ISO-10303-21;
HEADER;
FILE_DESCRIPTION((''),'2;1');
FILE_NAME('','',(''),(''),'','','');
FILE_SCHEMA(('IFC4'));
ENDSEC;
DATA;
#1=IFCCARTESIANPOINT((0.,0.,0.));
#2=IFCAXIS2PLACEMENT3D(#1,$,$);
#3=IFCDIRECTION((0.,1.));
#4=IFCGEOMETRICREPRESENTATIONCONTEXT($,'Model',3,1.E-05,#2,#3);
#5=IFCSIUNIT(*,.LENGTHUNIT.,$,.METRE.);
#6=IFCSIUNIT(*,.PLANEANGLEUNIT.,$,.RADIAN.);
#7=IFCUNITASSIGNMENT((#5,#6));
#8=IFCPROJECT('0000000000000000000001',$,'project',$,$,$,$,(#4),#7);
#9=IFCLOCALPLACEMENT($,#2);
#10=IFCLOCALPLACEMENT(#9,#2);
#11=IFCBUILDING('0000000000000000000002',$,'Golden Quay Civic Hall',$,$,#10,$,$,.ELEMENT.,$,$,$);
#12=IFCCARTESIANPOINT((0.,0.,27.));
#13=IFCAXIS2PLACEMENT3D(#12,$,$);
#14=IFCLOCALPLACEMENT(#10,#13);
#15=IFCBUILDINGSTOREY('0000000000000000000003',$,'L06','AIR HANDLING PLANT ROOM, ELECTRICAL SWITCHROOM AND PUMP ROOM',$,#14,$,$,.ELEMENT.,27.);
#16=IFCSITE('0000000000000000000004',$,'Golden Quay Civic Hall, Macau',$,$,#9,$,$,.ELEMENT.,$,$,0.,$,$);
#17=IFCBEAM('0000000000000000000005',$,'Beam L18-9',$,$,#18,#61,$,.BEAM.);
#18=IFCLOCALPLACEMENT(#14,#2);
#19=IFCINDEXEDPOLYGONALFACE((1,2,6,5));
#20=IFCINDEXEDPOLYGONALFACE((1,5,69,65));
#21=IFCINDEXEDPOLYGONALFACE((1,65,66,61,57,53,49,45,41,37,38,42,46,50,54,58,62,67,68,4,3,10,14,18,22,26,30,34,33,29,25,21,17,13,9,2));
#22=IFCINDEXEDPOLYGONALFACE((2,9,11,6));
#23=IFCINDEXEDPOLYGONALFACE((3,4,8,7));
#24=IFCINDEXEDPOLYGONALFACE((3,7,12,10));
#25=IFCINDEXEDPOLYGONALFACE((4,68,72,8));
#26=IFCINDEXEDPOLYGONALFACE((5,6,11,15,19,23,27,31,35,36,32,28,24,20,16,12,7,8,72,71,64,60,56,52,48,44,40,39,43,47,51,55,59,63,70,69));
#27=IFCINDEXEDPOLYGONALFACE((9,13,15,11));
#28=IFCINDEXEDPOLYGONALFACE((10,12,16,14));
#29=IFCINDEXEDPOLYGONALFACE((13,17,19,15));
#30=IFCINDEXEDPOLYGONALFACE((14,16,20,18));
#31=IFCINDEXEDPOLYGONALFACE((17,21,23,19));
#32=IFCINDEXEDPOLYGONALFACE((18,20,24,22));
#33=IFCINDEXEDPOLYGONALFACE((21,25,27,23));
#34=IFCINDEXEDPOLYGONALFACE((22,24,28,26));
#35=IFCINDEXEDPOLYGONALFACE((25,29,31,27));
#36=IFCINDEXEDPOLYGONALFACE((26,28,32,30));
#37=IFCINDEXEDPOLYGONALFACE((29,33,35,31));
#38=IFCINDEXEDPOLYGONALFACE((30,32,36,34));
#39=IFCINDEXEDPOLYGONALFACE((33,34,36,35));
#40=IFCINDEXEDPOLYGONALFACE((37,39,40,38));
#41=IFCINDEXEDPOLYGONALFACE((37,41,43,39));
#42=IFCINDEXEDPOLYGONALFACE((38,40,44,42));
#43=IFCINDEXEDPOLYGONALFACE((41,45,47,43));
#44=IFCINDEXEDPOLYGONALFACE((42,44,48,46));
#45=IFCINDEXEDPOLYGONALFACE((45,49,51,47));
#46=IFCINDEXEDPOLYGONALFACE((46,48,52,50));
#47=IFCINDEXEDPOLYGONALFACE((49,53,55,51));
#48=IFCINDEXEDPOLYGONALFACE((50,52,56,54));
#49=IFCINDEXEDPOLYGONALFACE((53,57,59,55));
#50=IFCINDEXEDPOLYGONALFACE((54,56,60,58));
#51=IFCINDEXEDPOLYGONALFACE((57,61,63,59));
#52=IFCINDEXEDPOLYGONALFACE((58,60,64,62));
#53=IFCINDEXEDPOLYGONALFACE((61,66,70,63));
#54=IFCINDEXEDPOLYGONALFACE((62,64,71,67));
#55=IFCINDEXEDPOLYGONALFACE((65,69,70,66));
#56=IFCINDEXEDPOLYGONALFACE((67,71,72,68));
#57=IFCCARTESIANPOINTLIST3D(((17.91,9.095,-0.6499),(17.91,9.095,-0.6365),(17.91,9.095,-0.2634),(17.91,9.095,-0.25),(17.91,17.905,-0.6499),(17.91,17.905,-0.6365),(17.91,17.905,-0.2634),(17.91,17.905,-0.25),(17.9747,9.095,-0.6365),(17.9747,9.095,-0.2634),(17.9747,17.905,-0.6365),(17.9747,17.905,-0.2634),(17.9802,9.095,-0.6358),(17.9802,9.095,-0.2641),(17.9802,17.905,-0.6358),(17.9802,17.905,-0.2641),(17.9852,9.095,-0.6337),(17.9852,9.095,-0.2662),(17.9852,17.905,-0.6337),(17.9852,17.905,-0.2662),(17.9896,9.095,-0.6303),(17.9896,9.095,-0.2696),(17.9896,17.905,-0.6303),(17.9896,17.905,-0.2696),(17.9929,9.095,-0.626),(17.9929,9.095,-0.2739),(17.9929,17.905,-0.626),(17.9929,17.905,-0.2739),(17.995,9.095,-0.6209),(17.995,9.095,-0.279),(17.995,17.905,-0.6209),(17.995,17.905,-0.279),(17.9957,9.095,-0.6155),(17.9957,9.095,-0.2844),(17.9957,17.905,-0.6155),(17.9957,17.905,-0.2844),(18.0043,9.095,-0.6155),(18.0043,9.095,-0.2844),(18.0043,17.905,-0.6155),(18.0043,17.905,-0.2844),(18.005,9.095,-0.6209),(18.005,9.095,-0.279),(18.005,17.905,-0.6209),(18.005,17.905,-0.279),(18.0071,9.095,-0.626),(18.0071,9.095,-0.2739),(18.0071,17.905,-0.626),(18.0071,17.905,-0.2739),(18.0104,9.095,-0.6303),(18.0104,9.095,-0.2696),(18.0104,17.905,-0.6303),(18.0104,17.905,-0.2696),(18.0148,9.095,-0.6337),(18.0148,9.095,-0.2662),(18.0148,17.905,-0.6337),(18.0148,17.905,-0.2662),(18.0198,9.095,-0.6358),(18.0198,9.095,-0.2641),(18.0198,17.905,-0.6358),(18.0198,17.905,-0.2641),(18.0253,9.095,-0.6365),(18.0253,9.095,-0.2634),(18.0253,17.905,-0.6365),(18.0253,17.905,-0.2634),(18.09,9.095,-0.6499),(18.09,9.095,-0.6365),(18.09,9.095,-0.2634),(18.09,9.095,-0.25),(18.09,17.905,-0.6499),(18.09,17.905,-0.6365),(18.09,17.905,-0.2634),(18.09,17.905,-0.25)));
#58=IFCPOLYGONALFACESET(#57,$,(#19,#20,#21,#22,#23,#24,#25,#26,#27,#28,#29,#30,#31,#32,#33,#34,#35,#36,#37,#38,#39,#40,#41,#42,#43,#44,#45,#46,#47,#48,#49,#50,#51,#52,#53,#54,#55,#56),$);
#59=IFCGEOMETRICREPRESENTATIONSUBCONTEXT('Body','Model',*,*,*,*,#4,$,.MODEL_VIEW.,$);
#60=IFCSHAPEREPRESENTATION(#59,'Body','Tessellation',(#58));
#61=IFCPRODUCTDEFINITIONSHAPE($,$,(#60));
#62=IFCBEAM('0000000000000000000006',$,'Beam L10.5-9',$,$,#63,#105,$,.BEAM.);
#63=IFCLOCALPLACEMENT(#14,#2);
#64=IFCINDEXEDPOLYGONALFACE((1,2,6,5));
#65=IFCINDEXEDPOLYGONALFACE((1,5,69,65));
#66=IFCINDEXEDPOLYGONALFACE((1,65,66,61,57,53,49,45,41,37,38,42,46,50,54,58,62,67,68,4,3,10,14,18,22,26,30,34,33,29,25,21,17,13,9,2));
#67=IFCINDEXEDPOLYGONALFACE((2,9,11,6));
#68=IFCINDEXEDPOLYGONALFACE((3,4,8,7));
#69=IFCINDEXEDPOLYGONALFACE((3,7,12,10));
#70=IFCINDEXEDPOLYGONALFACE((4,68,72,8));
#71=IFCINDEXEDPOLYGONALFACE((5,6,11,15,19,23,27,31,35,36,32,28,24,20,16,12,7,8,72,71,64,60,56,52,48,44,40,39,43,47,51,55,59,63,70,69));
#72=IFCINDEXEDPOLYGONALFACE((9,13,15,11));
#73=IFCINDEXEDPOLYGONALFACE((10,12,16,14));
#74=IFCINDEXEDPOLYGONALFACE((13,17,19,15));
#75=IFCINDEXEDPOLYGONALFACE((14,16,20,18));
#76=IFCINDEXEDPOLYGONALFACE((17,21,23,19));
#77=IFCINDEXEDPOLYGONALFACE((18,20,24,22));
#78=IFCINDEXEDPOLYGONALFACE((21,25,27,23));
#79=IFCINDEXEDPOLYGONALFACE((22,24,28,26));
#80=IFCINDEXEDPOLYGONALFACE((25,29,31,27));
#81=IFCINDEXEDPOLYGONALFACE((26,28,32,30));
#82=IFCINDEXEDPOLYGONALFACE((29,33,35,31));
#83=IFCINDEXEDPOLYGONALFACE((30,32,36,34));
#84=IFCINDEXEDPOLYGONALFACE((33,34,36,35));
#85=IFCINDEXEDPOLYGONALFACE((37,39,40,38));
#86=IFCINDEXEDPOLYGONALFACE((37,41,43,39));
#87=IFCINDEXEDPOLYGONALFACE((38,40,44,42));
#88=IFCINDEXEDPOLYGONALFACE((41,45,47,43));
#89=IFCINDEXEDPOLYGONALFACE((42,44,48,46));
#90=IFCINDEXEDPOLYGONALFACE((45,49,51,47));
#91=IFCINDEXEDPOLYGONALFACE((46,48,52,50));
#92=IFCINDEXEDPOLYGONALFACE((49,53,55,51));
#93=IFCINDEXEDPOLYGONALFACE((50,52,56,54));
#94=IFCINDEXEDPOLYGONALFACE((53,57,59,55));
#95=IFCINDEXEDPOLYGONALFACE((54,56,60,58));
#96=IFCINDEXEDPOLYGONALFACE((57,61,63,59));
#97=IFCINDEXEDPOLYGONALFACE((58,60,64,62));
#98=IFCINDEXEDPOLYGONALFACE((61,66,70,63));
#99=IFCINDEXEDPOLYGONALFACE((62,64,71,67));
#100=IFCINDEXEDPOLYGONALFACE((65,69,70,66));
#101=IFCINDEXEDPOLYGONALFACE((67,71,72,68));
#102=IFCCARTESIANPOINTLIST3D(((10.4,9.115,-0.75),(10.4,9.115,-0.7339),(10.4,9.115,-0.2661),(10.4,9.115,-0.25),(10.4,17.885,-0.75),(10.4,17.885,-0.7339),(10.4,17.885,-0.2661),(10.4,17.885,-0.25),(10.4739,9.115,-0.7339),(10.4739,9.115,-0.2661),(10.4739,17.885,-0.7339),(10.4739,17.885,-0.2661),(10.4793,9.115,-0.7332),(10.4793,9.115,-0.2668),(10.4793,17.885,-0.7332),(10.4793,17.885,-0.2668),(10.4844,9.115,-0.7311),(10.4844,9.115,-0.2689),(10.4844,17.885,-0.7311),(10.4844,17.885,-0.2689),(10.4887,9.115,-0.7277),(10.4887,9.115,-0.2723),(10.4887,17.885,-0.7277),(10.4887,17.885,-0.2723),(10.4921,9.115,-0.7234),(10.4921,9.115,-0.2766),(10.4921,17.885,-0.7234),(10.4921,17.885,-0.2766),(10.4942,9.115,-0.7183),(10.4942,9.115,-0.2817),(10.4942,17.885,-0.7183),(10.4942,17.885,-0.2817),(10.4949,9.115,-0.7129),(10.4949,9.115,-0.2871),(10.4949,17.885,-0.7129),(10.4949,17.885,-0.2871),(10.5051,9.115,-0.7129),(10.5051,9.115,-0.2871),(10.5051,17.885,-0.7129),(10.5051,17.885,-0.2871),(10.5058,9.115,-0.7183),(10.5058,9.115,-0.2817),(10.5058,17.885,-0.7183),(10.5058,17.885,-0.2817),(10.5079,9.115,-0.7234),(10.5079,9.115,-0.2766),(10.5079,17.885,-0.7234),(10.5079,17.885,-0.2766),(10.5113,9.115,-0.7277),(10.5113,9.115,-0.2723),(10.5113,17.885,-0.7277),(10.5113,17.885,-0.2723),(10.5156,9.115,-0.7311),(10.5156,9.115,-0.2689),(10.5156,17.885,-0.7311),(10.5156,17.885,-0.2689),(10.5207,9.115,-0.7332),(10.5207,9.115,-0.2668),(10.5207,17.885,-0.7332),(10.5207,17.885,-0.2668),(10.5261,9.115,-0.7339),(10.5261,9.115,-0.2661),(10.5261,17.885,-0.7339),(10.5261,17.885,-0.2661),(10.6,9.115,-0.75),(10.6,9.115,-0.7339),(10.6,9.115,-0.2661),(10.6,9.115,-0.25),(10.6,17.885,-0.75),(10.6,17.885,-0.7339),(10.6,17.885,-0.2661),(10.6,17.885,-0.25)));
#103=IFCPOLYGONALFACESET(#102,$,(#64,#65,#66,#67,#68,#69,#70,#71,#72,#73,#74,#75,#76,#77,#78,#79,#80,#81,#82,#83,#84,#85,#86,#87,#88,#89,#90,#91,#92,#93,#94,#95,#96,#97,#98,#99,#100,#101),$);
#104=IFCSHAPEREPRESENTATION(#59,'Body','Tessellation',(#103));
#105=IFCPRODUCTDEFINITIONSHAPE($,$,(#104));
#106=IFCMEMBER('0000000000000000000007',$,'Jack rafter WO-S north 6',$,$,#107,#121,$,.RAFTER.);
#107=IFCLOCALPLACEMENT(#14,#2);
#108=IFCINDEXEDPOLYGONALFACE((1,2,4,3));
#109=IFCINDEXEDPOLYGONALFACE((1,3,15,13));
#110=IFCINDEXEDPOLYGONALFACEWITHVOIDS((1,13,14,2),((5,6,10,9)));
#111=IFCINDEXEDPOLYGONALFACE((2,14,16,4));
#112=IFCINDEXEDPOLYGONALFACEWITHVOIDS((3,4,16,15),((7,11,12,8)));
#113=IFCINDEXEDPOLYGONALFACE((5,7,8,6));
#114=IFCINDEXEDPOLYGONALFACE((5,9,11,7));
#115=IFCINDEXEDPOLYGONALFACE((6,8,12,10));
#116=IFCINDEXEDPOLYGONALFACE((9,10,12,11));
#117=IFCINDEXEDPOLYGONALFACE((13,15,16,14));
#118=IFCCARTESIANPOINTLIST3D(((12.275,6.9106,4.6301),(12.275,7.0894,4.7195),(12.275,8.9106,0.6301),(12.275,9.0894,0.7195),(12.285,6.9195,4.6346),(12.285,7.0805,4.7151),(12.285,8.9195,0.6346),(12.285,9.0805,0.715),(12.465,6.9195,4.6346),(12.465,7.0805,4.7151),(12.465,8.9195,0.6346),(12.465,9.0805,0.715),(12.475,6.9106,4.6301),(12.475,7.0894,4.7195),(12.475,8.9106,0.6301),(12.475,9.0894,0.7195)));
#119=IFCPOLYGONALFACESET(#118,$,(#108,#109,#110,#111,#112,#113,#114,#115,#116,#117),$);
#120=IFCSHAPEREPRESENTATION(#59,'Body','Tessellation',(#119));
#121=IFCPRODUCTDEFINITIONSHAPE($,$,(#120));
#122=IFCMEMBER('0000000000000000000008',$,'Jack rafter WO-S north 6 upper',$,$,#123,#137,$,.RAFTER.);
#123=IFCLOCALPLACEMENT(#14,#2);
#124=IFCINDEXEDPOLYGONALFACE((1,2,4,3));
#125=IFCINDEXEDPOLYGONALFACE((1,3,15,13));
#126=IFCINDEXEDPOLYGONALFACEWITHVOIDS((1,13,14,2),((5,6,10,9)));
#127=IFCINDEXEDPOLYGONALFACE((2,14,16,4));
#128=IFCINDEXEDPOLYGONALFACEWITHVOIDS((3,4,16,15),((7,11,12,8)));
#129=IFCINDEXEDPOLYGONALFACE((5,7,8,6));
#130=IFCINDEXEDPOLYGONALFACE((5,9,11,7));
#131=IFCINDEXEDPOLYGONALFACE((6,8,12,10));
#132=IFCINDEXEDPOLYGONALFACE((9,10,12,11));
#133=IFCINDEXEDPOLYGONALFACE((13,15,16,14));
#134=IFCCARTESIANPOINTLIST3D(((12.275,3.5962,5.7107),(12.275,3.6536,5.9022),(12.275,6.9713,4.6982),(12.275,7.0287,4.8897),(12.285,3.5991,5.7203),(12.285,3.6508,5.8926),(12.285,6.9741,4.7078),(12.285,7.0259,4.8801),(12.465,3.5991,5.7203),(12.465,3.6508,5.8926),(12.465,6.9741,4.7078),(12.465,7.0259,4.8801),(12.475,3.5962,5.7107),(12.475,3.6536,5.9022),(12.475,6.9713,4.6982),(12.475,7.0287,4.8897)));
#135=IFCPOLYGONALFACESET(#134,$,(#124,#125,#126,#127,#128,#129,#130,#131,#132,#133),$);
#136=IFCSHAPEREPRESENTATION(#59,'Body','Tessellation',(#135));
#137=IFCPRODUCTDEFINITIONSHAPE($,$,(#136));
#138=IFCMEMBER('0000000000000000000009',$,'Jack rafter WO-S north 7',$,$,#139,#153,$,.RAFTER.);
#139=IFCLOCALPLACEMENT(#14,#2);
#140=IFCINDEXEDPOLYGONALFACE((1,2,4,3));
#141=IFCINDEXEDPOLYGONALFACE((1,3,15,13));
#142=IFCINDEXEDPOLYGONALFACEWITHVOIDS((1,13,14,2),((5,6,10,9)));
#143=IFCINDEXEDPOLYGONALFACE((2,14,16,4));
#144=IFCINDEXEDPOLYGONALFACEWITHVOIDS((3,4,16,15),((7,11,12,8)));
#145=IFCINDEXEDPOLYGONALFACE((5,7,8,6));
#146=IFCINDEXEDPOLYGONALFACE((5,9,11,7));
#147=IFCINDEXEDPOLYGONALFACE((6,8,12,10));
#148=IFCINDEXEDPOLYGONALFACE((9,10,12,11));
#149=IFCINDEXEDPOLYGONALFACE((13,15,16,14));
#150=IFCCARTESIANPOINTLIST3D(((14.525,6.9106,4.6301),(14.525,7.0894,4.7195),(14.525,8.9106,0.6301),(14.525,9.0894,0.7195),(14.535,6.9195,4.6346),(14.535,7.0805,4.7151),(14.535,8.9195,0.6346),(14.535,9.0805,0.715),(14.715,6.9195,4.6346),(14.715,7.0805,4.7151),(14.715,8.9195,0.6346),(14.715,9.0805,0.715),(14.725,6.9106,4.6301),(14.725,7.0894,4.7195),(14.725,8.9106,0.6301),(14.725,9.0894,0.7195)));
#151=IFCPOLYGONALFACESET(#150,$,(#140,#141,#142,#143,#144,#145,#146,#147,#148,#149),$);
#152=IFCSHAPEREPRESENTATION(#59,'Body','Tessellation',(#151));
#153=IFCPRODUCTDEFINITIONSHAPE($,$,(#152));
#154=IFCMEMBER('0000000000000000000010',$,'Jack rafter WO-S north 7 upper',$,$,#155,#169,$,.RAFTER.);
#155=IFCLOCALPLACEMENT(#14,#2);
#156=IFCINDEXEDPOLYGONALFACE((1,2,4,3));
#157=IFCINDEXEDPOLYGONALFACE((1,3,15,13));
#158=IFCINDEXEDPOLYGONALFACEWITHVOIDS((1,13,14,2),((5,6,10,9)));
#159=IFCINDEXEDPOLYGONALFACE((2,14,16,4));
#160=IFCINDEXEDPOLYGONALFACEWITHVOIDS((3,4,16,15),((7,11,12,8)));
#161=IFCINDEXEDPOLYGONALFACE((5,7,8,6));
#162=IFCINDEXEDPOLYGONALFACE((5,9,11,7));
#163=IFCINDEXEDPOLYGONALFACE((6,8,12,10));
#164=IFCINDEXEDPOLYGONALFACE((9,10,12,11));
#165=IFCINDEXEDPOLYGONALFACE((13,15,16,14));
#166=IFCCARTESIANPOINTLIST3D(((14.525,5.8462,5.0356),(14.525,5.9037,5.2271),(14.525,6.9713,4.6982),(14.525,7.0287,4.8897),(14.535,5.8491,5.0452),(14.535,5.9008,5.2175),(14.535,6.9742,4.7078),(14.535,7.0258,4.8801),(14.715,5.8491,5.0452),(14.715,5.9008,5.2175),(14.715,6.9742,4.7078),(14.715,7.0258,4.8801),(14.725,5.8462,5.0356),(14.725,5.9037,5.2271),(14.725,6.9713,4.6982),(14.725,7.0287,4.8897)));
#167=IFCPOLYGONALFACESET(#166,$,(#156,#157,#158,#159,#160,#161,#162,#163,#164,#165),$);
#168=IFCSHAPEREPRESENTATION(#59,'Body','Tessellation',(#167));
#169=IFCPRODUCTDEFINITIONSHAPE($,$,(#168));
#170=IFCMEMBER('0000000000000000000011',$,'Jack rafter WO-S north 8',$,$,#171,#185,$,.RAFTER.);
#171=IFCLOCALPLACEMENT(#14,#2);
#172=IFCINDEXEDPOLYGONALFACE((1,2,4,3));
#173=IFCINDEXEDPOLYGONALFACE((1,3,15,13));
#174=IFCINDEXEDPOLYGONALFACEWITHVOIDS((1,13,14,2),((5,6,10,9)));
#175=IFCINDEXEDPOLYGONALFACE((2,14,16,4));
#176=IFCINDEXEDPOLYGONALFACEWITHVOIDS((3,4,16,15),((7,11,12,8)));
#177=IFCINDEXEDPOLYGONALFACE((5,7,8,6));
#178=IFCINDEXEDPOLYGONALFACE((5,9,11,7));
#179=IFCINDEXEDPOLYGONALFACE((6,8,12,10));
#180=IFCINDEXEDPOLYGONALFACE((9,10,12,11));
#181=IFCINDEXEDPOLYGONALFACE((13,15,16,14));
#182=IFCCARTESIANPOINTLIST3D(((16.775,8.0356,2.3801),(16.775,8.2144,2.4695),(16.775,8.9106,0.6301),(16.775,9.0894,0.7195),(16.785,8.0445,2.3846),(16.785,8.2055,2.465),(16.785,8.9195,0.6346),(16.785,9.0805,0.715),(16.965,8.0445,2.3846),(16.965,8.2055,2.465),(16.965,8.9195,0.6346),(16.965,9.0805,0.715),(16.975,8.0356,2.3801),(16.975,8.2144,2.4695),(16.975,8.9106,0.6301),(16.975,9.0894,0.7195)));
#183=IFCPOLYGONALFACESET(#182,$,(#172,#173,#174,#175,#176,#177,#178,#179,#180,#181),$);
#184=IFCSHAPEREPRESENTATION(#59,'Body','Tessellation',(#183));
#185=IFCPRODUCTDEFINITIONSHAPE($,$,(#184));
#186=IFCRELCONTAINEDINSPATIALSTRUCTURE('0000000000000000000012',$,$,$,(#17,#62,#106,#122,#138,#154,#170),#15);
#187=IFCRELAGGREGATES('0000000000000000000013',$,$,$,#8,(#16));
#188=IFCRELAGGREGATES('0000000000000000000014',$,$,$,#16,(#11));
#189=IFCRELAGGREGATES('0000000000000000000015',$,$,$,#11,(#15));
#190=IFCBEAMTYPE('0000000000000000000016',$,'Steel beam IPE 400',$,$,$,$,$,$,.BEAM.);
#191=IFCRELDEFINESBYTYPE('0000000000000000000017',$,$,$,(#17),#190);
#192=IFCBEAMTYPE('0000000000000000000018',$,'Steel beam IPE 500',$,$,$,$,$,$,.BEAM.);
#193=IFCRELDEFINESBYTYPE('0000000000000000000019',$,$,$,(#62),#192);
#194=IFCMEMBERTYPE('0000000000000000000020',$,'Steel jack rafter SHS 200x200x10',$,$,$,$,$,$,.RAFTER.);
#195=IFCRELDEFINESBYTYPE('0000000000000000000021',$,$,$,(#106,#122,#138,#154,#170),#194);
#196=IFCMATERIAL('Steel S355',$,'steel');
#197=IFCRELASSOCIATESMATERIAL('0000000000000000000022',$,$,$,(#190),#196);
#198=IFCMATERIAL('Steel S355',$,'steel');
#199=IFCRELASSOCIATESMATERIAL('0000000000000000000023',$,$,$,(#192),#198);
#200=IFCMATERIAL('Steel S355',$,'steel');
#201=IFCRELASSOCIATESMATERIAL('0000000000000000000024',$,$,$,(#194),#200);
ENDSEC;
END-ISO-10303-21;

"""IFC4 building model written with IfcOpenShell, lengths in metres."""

from ifc_helpers import new_model, si_unit, direction, frame, origin, origin_2d, place, context, subcontext, project, spatial, hollow_rectangle, i_section, extrude, material, material_profile, profile_set, type_object, element, save


model = new_model("IFC4")

# Units and contexts
model_context = context("Model", 3, precision=1e-05, world=origin(), true_north=direction((0.0, 1.0)))
body_context = subcontext(model_context, "Body", "Model", "MODEL_VIEW")
ifc_project = project(units=[si_unit("LENGTHUNIT", "METRE"), si_unit("PLANEANGLEUNIT", "RADIAN")], contexts=[model_context])

# Site, building, storey
site_placement = place(None, origin())
site = spatial("IfcSite", under=ifc_project, at=site_placement, Name="Golden Quay Civic Hall, Macau", CompositionType="ELEMENT", RefElevation=0.0)
building_placement = place(site_placement, origin())
building = spatial("IfcBuilding", under=site, at=building_placement, Name="Golden Quay Civic Hall", CompositionType="ELEMENT")
storey_placement = place(building_placement, frame((0.0, 0.0, 27.0)))
storey = spatial("IfcBuildingStorey", under=building, at=storey_placement, Name="L06", Description="AIR HANDLING PLANT ROOM, ELECTRICAL SWITCHROOM AND PUMP ROOM", CompositionType="ELEMENT", Elevation=27.0)

# Beams
ifc_material_1 = material(Name="Steel S355", Category="steel")
ifc_material_profile_1 = material_profile(ifc_material_1, i_section(OverallWidth=0.1799, OverallDepth=0.3999, WebThickness=0.0085, FlangeThickness=0.0134, FilletRadius=0.021, at=origin_2d()), Name="IPE 400")
ifc_profile_set_1 = profile_set([ifc_material_profile_1], Name="Steel S355")
beam_type_1 = type_object("IfcBeamType", Name="Steel beam IPE 400", PredefinedType="BEAM", material=ifc_profile_set_1)
beam_1_placement = place(storey_placement, frame((18.0, 9.095, -0.45), z_axis=(0.0, 1.0, 0.0), x_axis=(-1.0, 0.0, 0.0)))
element("IfcBeam", 1, at=beam_1_placement, inside=storey, type_object=beam_type_1, Name="Beam L18-9", PredefinedType="BEAM", context=body_context, shape_type="SweptSolid", body=[
    extrude(i_section(OverallWidth=0.1799, OverallDepth=0.3999, WebThickness=0.0085, FlangeThickness=0.0134, FilletRadius=0.021, at=origin_2d()), origin(), (0.0, 0.0, 1.0), 8.8101),
])
ifc_material_2 = material(Name="Steel S355", Category="steel")
ifc_material_profile_2 = material_profile(ifc_material_2, i_section(OverallWidth=0.2, OverallDepth=0.5, WebThickness=0.0103, FlangeThickness=0.0161, FilletRadius=0.021, at=origin_2d()), Name="IPE 500")
ifc_profile_set_2 = profile_set([ifc_material_profile_2], Name="Steel S355")
beam_type_2 = type_object("IfcBeamType", Name="Steel beam IPE 500", PredefinedType="BEAM", material=ifc_profile_set_2)
beam_2_placement = place(storey_placement, frame((10.5, 9.115, -0.5), z_axis=(0.0, 1.0, 0.0), x_axis=(-1.0, 0.0, 0.0)))
element("IfcBeam", 2, at=beam_2_placement, inside=storey, type_object=beam_type_2, Name="Beam L10.5-9", PredefinedType="BEAM", context=body_context, shape_type="SweptSolid", body=[
    extrude(i_section(OverallWidth=0.2, OverallDepth=0.5, WebThickness=0.0103, FlangeThickness=0.0161, FilletRadius=0.021, at=origin_2d()), origin(), (0.0, 0.0, 1.0), 8.77),
])

# Members
ifc_material_3 = material(Name="Steel S355", Category="steel")
ifc_material_profile_3 = material_profile(ifc_material_3, hollow_rectangle(XDim=0.2, YDim=0.2, WallThickness=0.01, at=origin_2d()), Name="SHS 200x200x10")
ifc_profile_set_3 = profile_set([ifc_material_profile_3], Name="Steel S355")
member_type_1 = type_object("IfcMemberType", Name="Steel jack rafter SHS 200x200x10", PredefinedType="RAFTER", material=ifc_profile_set_3)
member_1_placement = place(storey_placement, frame((12.375, 9.0, 0.6748), z_axis=(0.0, -0.447214, 0.894427), x_axis=(1.0, 0.0, 0.0)))
element("IfcMember", 3, at=member_1_placement, inside=storey, type_object=member_type_1, Name="Jack rafter WO-S north 6", PredefinedType="RAFTER", context=body_context, shape_type="SweptSolid", body=[
    extrude(hollow_rectangle(XDim=0.2, YDim=0.2, WallThickness=0.01, at=origin_2d()), origin(), (0.0, 0.0, 1.0), 4.4722),
])
member_2_placement = place(storey_placement, frame((12.375, 7.0, 4.7939), z_axis=(0.0, -0.95783, 0.287335), x_axis=(1.0, 0.0, 0.0)))
element("IfcMember", 4, at=member_2_placement, inside=storey, type_object=member_type_1, Name="Jack rafter WO-S north 6 upper", PredefinedType="RAFTER", context=body_context, shape_type="SweptSolid", body=[
    extrude(hollow_rectangle(XDim=0.2, YDim=0.2, WallThickness=0.01, at=origin_2d()), origin(), (0.0, 0.0, 1.0), 3.5237),
])
member_3_placement = place(storey_placement, frame((14.625, 9.0, 0.6748), z_axis=(0.0, -0.447214, 0.894427), x_axis=(1.0, 0.0, 0.0)))
element("IfcMember", 5, at=member_3_placement, inside=storey, type_object=member_type_1, Name="Jack rafter WO-S north 7", PredefinedType="RAFTER", context=body_context, shape_type="SweptSolid", body=[
    extrude(hollow_rectangle(XDim=0.2, YDim=0.2, WallThickness=0.01, at=origin_2d()), origin(), (0.0, 0.0, 1.0), 4.4722),
])
member_4_placement = place(storey_placement, frame((14.625, 7.0, 4.7939), z_axis=(0.0, -0.957849, 0.287272), x_axis=(1.0, 0.0, 0.0)))
element("IfcMember", 6, at=member_4_placement, inside=storey, type_object=member_type_1, Name="Jack rafter WO-S north 7 upper", PredefinedType="RAFTER", context=body_context, shape_type="SweptSolid", body=[
    extrude(hollow_rectangle(XDim=0.2, YDim=0.2, WallThickness=0.01, at=origin_2d()), origin(), (0.0, 0.0, 1.0), 1.1746),
])
member_5_placement = place(storey_placement, frame((16.875, 9.0, 0.6748), z_axis=(0.0, -0.447214, 0.894427), x_axis=(1.0, 0.0, 0.0)))
element("IfcMember", 7, at=member_5_placement, inside=storey, type_object=member_type_1, Name="Jack rafter WO-S north 8", PredefinedType="RAFTER", context=body_context, shape_type="SweptSolid", body=[
    extrude(hollow_rectangle(XDim=0.2, YDim=0.2, WallThickness=0.01, at=origin_2d()), origin(), (0.0, 0.0, 1.0), 1.9565),
])

save(model, "model.ifc")
